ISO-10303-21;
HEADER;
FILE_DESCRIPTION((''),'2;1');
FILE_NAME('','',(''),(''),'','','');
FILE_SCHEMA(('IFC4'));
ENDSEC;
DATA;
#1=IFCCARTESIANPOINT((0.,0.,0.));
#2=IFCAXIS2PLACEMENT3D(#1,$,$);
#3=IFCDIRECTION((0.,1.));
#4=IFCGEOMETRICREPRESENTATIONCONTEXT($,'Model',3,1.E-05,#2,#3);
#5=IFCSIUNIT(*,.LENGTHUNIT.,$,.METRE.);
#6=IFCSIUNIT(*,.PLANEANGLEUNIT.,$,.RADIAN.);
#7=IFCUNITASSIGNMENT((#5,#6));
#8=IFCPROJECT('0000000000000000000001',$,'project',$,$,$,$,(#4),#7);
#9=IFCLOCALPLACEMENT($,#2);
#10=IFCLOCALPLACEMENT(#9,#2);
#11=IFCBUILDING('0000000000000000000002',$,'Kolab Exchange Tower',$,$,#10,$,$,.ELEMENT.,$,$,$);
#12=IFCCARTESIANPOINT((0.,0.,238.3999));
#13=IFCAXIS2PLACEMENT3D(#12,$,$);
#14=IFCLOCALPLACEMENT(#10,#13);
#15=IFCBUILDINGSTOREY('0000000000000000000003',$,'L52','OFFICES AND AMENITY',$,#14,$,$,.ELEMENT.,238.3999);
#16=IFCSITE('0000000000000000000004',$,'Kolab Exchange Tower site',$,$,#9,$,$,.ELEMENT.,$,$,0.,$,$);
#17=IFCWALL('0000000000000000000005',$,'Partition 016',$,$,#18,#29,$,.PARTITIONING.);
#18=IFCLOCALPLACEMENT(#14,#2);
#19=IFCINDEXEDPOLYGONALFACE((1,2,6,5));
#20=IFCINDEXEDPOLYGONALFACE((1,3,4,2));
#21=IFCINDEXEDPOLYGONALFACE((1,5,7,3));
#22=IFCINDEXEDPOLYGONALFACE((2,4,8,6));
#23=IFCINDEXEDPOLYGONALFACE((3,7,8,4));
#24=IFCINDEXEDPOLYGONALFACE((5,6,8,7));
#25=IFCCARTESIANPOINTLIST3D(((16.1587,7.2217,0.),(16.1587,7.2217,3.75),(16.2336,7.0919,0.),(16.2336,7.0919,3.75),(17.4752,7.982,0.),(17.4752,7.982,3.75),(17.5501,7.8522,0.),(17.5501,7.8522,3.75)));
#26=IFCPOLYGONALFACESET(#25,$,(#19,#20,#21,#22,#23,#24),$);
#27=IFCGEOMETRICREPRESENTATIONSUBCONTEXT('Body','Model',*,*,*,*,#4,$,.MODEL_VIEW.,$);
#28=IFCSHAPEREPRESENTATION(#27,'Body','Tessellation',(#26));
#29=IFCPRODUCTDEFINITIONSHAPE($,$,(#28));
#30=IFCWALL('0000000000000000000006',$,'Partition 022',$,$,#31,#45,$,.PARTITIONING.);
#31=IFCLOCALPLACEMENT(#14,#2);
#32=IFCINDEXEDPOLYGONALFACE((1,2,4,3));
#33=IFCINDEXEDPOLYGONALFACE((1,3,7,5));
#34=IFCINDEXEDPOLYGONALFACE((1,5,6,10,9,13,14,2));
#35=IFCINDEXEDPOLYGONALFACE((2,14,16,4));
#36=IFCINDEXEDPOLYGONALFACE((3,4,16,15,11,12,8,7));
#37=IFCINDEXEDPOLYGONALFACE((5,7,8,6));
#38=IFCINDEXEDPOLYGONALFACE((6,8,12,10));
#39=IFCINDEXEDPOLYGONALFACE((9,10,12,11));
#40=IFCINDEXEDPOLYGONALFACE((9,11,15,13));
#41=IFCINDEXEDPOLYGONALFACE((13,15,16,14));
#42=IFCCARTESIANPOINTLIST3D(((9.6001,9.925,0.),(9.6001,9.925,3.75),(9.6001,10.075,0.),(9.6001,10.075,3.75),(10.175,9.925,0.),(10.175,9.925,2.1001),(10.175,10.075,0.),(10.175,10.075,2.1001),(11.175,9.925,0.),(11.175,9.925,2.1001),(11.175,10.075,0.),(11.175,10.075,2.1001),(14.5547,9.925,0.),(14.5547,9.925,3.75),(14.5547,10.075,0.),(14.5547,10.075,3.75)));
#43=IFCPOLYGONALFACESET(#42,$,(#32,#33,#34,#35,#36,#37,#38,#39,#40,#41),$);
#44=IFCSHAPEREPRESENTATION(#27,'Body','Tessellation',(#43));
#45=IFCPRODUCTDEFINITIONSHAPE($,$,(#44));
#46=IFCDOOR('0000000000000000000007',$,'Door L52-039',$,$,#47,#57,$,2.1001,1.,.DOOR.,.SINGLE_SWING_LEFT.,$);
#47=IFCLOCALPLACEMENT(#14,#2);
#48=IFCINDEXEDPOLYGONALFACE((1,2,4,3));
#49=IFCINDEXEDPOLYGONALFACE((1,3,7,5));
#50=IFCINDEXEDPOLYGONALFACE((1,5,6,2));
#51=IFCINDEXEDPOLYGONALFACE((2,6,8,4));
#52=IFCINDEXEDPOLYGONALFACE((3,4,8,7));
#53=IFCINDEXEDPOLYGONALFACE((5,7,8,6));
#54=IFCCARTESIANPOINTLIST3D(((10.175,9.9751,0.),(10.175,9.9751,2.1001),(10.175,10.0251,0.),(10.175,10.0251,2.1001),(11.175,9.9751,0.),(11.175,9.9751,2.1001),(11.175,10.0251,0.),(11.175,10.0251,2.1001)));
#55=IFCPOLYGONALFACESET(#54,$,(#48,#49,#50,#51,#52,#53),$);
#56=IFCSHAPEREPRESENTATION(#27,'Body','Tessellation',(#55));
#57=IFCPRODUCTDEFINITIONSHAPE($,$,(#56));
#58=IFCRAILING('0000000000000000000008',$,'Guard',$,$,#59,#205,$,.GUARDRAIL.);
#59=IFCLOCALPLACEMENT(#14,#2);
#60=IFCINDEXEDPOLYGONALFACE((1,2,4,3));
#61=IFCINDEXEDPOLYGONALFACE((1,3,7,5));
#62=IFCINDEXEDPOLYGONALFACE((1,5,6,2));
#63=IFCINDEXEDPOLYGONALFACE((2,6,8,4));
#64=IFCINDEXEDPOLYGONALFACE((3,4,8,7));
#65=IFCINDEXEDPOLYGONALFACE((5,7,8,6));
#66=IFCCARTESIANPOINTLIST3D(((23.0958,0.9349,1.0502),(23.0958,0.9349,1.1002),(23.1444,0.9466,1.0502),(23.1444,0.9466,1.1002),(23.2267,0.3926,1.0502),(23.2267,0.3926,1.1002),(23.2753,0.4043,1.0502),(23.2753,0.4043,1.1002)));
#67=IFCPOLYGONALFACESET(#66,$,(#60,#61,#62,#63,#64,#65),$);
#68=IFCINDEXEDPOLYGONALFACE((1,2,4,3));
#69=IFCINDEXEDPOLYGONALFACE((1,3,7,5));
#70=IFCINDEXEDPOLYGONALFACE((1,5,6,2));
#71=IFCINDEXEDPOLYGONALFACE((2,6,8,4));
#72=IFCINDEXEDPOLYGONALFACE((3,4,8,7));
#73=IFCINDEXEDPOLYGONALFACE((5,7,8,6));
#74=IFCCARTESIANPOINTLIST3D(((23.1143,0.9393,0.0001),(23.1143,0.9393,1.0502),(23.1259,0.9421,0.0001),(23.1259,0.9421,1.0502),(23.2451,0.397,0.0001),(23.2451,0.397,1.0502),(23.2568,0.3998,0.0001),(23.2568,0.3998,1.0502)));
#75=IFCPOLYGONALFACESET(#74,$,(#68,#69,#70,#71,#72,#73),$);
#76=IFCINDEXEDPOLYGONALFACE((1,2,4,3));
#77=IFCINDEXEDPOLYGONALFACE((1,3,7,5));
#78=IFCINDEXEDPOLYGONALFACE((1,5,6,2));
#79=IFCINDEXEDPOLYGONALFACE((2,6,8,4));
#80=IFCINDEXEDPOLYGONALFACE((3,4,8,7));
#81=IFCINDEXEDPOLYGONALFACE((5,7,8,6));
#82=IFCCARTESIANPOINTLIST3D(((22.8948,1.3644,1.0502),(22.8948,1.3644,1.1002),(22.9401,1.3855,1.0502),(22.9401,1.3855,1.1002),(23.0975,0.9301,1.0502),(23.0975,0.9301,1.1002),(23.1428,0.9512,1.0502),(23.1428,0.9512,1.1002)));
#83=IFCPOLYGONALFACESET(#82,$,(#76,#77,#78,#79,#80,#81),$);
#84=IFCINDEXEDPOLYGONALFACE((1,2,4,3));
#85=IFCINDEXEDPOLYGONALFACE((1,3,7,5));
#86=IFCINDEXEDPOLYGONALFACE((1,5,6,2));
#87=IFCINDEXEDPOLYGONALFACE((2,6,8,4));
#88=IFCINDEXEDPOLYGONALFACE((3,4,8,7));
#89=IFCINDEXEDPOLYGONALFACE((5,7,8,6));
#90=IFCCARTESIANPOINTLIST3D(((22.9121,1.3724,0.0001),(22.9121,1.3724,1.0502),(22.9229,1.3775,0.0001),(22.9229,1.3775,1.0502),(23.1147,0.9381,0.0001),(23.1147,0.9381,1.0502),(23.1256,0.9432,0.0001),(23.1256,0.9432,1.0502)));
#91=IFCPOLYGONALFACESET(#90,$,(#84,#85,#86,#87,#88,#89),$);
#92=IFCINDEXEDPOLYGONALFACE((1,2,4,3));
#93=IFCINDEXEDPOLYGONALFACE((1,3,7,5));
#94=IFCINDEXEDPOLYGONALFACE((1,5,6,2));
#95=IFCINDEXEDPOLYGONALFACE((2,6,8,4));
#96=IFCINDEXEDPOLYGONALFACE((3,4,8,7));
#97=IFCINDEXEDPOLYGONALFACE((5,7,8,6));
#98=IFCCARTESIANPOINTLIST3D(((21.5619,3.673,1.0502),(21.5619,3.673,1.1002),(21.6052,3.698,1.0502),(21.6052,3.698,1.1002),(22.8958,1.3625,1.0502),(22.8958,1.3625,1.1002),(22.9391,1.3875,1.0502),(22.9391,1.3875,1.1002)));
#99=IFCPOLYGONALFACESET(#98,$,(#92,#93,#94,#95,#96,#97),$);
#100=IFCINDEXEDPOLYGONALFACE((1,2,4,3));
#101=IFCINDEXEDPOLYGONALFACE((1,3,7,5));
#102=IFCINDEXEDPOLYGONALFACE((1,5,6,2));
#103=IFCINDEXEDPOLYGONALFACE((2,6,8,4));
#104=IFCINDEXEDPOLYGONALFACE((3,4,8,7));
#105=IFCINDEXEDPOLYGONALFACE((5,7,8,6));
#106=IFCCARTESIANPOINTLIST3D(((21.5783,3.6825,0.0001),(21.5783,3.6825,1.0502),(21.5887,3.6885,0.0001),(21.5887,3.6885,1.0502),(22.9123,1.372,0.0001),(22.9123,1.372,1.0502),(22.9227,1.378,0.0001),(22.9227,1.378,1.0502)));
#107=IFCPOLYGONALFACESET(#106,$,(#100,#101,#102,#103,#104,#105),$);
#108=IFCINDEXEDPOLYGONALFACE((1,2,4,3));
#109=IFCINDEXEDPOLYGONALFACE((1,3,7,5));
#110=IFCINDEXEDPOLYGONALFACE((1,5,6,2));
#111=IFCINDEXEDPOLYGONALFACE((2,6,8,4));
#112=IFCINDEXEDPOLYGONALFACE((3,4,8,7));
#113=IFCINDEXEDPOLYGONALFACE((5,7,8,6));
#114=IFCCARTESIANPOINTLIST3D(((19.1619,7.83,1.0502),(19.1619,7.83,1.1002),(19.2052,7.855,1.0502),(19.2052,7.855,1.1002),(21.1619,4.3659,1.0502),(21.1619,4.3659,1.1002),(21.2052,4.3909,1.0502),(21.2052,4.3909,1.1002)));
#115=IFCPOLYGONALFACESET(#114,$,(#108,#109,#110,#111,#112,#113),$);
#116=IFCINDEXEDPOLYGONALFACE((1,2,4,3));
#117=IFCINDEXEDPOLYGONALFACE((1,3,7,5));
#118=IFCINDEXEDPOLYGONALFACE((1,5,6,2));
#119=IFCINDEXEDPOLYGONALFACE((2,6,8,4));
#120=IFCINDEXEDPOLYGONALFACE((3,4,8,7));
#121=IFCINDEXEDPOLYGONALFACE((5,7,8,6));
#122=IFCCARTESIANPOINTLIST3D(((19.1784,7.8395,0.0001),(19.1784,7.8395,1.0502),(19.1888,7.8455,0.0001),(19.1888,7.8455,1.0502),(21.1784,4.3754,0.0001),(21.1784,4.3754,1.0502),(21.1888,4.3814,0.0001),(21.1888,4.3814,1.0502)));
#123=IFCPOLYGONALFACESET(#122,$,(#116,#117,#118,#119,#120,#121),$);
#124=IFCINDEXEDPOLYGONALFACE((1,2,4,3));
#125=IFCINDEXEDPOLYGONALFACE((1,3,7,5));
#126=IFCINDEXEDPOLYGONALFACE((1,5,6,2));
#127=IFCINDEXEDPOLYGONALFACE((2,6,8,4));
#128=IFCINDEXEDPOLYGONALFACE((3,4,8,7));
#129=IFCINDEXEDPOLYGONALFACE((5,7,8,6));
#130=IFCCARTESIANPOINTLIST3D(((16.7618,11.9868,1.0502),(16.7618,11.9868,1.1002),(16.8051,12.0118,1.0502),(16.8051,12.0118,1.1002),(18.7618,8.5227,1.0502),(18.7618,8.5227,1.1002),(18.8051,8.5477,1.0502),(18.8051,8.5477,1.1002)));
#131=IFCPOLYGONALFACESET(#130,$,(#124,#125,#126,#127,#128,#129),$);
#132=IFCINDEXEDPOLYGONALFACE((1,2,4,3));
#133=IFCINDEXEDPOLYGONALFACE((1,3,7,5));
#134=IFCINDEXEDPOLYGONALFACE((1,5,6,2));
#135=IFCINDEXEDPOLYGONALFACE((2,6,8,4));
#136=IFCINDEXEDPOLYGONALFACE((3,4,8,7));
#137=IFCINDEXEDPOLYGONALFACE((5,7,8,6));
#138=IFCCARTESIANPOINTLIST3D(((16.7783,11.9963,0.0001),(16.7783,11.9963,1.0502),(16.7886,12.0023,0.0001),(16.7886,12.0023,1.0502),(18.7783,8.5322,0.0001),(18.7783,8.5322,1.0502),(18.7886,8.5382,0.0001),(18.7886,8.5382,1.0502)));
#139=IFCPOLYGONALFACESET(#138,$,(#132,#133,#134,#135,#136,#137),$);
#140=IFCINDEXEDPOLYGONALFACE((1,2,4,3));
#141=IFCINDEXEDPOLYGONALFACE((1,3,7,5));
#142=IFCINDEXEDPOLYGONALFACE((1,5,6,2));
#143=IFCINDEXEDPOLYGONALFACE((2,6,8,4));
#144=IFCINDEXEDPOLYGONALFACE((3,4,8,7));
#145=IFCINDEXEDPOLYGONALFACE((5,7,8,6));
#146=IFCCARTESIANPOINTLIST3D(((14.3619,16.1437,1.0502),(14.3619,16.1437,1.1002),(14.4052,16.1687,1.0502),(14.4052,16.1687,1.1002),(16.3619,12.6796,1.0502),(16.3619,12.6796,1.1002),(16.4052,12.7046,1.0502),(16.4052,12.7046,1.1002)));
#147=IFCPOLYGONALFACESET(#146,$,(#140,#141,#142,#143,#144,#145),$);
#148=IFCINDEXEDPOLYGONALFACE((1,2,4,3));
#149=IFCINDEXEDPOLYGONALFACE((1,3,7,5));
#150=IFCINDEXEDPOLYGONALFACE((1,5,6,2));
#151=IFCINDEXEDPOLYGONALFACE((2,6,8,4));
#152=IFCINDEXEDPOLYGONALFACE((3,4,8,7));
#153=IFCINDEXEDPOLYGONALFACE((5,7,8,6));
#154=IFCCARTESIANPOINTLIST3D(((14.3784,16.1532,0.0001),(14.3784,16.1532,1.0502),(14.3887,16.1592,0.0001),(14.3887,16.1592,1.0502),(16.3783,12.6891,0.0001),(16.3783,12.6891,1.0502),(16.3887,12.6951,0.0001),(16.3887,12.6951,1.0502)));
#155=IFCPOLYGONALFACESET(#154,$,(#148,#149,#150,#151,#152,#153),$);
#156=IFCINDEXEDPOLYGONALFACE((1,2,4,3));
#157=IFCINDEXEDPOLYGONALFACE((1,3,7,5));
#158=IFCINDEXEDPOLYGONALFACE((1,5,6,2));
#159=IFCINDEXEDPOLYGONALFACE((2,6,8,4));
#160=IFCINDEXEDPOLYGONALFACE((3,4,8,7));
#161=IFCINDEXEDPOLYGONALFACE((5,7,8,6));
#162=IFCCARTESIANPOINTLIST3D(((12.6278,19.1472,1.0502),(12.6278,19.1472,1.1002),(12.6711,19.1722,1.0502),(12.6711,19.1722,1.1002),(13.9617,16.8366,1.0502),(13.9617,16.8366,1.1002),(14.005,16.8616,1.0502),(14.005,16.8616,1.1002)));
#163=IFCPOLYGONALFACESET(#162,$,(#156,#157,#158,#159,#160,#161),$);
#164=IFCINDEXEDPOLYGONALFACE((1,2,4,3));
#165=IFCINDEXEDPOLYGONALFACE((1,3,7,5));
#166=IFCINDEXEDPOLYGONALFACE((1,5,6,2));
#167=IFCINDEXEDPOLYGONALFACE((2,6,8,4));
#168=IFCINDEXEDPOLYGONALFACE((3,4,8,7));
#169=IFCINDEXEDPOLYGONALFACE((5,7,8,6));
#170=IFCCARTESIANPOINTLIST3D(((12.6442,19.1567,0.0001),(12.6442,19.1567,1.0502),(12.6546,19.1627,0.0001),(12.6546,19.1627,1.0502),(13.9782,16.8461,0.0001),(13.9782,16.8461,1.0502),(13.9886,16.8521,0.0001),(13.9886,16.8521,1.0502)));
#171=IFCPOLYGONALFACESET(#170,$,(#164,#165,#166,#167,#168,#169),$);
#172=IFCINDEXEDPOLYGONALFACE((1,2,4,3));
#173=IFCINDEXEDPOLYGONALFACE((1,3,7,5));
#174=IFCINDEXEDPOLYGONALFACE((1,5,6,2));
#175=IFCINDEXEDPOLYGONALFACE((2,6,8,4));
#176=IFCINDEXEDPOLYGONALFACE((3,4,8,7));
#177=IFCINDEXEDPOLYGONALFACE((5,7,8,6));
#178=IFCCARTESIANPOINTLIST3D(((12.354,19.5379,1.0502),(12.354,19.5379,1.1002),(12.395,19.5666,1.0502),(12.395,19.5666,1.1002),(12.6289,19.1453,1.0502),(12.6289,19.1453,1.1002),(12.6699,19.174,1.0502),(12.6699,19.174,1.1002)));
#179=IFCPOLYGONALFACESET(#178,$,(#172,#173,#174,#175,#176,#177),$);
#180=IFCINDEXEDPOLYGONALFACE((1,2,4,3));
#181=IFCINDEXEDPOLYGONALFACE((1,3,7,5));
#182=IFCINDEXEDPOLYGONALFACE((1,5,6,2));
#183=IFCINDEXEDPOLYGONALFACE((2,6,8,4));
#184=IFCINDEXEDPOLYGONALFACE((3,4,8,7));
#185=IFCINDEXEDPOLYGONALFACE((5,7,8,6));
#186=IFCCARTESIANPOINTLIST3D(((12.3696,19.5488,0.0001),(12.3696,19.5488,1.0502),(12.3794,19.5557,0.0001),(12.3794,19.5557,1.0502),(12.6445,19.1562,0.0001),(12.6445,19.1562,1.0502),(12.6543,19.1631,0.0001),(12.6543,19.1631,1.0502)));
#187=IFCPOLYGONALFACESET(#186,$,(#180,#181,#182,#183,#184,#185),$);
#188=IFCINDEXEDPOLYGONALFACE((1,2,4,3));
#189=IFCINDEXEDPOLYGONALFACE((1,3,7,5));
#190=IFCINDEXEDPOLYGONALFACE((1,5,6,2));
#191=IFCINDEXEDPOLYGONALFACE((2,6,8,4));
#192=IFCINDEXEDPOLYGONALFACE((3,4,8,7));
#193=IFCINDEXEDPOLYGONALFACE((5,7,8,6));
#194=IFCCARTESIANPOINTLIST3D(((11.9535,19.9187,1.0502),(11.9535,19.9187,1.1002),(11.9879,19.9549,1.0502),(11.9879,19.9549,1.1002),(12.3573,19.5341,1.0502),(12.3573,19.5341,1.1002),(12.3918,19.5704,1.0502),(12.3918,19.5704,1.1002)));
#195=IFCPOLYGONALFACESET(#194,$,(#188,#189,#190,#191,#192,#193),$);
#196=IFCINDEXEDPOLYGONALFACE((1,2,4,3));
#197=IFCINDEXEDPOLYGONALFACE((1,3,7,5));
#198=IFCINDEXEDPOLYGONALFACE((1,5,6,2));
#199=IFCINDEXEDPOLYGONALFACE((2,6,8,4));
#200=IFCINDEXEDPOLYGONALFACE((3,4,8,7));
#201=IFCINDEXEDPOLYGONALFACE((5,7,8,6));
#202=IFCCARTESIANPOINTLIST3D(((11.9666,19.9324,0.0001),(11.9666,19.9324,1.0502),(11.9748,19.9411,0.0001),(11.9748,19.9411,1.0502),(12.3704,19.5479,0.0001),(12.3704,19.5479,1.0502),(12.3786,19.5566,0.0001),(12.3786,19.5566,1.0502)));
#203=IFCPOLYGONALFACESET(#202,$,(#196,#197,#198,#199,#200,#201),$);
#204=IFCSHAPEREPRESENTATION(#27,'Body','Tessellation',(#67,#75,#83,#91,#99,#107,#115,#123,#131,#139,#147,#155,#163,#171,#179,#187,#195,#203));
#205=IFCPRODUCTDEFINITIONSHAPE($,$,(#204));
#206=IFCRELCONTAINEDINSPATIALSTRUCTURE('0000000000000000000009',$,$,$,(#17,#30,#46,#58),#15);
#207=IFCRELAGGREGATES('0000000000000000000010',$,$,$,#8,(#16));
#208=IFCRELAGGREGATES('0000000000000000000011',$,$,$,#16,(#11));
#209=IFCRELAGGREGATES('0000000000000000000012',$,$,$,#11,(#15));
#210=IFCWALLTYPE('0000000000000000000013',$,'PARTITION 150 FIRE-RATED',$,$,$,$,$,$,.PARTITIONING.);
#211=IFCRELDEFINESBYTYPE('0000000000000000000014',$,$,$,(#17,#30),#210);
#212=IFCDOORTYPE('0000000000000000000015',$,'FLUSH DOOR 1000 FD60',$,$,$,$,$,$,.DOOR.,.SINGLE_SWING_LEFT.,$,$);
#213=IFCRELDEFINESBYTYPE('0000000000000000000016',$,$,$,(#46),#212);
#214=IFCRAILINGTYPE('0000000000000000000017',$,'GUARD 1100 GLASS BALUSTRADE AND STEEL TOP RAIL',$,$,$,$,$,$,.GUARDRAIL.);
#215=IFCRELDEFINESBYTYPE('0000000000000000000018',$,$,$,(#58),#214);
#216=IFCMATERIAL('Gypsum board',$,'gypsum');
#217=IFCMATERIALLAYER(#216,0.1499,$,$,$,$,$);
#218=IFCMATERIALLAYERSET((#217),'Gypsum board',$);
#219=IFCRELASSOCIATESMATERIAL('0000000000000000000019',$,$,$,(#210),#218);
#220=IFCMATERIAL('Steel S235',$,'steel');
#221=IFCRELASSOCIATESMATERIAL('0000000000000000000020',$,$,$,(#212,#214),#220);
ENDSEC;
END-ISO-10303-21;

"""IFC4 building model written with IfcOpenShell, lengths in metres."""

from ifc_helpers import new_model, si_unit, direction, frame, frame_2d, origin, origin_2d, place, context, subcontext, project, spatial, rectangle, extrude, material, layer, layer_set, type_object, element, fill, save


model = new_model("IFC4")

# Units and contexts
model_context = context("Model", 3, precision=1e-05, world=origin(), true_north=direction((0.0, 1.0)))
body_context = subcontext(model_context, "Body", "Model", "MODEL_VIEW")
ifc_project = project(units=[si_unit("LENGTHUNIT", "METRE"), si_unit("PLANEANGLEUNIT", "RADIAN")], contexts=[model_context])

# Site, building, storey
site_placement = place(None, origin())
site = spatial("IfcSite", under=ifc_project, at=site_placement, Name="Kolab Exchange Tower site", CompositionType="ELEMENT", RefElevation=0.0)
building_placement = place(site_placement, origin())
building = spatial("IfcBuilding", under=site, at=building_placement, Name="Kolab Exchange Tower", CompositionType="ELEMENT")
storey_placement = place(building_placement, frame((0.0, 0.0, 238.3999)))
storey = spatial("IfcBuildingStorey", under=building, at=storey_placement, Name="L52", Description="OFFICES AND AMENITY", CompositionType="ELEMENT", Elevation=238.3999)

# Shared definitions
ifc_material_1 = material(Name="Gypsum board", Category="gypsum")
ifc_layer_1 = layer(ifc_material_1, 0.1499)
ifc_layer_set_1 = layer_set([ifc_layer_1], Name="Gypsum board")
wall_type = type_object("IfcWallType", Name="PARTITION 150 FIRE-RATED", PredefinedType="PARTITIONING", material=ifc_layer_set_1)
ifc_material_2 = material(Name="Steel S235", Category="steel")
door_type = type_object("IfcDoorType", Name="FLUSH DOOR 1000 FD60", OperationType="SINGLE_SWING_LEFT", PredefinedType="DOOR", material=ifc_material_2)

# Wall
wall_1_placement = place(storey_placement, frame((16.196, 7.1567, 0.0), z_axis=(0.0, 0.0, 1.0), x_axis=(0.865961, 0.500112, 0.0)))
element("IfcWall", 1, at=wall_1_placement, inside=storey, type_object=wall_type, Name="Partition 016", PredefinedType="PARTITIONING", context=body_context, shape_type="SweptSolid", body=[
    extrude(rectangle(XDim=1.5203, YDim=0.1499, at=frame_2d((0.7603, 0.0))), origin(), (0.0, 0.0, 1.0), 3.75),
])

# Wall, opening, door
wall_2_placement = place(storey_placement, frame((9.6001, 10.0, 0.0), z_axis=(0.0, 0.0, 1.0), x_axis=(1.0, 0.0, 0.0)))
wall_2 = element("IfcWall", 2, at=wall_2_placement, inside=storey, type_object=wall_type, Name="Partition 022", PredefinedType="PARTITIONING", context=body_context, shape_type="SweptSolid", body=[
    extrude(rectangle(XDim=4.9546, YDim=0.1499, at=frame_2d((2.4773, 0.0))), origin(), (0.0, 0.0, 1.0), 3.75),
])
opening_1_placement = place(wall_2_placement, frame((0.575, 0.0, 0.0)))
opening_1 = element("IfcOpeningElement", 3, at=opening_1_placement, cuts=wall_2, PredefinedType="OPENING", context=body_context, shape_type="SweptSolid", body=[
    extrude(rectangle(XDim=1.0, YDim=2.1001, at=frame_2d((0.5, 1.05))), frame((0.0, 0.085, 0.0), z_axis=(0.0, -1.0, 0.0), x_axis=(1.0, 0.0, 0.0)), (0.0, 0.0, 1.0), 0.1699),
])
door_1_placement = place(opening_1_placement, frame((1.0, 0.0, 0.0), z_axis=(0.0, 0.0, 1.0), x_axis=(-1.0, 0.0, 0.0)))
door_1 = element("IfcDoor", 4, at=door_1_placement, inside=storey, type_object=door_type, Name="Door L52-039", OperationType="SINGLE_SWING_LEFT", OverallHeight=2.1001, OverallWidth=1.0, PredefinedType="DOOR", context=body_context, shape_type="SweptSolid", body=[
    extrude(rectangle(XDim=1.0, YDim=2.1001, at=frame_2d((0.5, 1.05))), frame((0.0, 0.0249, 0.0), z_axis=(0.0, -1.0, 0.0), x_axis=(1.0, 0.0, 0.0)), (0.0, 0.0, 1.0), 0.05),
])
fill(opening_1, door_1)

# Railing
railing_type = type_object("IfcRailingType", Name="GUARD 1100 GLASS BALUSTRADE AND STEEL TOP RAIL", PredefinedType="GUARDRAIL", material=ifc_material_2)
railing_placement = place(storey_placement, frame((23.251, 0.3984, 0.0)))
element("IfcRailing", 5, at=railing_placement, inside=storey, type_object=railing_type, Name="Guard", PredefinedType="GUARDRAIL", context=body_context, shape_type="SweptSolid", body=[
    extrude(rectangle(XDim=0.05, YDim=0.05, at=origin_2d()), frame((0.0, 0.0, 1.0752), z_axis=(-0.234598, 0.972093, 0.0), x_axis=(-0.972093, -0.234598, 0.0)), (0.0, 0.0, 1.0), 0.5579),
    extrude(rectangle(XDim=0.012, YDim=1.0501, at=frame_2d((0.0, 0.5251))), frame((0.0, 0.0, 0.0), z_axis=(-0.234598, 0.972093, 0.0), x_axis=(-0.972093, -0.234598, 0.0)), (0.0, 0.0, 1.0), 0.5579),
    extrude(rectangle(XDim=0.05, YDim=0.05, at=origin_2d()), frame((-0.1309, 0.5422, 1.0752), z_axis=(-0.422802, 0.906222, 0.0), x_axis=(-0.906222, -0.422802, 0.0)), (0.0, 0.0, 1.0), 0.4792),
    extrude(rectangle(XDim=0.012, YDim=1.0501, at=frame_2d((0.0, 0.5251))), frame((-0.1309, 0.5422, 0.0), z_axis=(-0.422802, 0.906222, 0.0), x_axis=(-0.906222, -0.422802, 0.0)), (0.0, 0.0, 1.0), 0.4792),
    extrude(rectangle(XDim=0.05, YDim=0.05, at=origin_2d()), frame((-0.3335, 0.9766, 1.0752), z_axis=(-0.499997, 0.866027, 0.0), x_axis=(-0.866027, -0.499997, 0.0)), (0.0, 0.0, 1.0), 2.668),
    extrude(rectangle(XDim=0.012, YDim=1.0501, at=frame_2d((0.0, 0.5251))), frame((-0.3335, 0.9766, 0.0), z_axis=(-0.499997, 0.866027, 0.0), x_axis=(-0.866027, -0.499997, 0.0)), (0.0, 0.0, 1.0), 2.668),
    extrude(rectangle(XDim=0.05, YDim=0.05, at=origin_2d()), frame((-2.0674, 3.98, 1.0752), z_axis=(-0.499999, 0.866026, 0.0), x_axis=(-0.866026, -0.499999, 0.0)), (0.0, 0.0, 1.0), 4.0),
    extrude(rectangle(XDim=0.012, YDim=1.0501, at=frame_2d((0.0, 0.5251))), frame((-2.0674, 3.98, 0.0), z_axis=(-0.499999, 0.866026, 0.0), x_axis=(-0.866026, -0.499999, 0.0)), (0.0, 0.0, 1.0), 4.0),
    extrude(rectangle(XDim=0.05, YDim=0.05, at=origin_2d()), frame((-4.4675, 8.1367, 1.0752), z_axis=(-0.499999, 0.866026, 0.0), x_axis=(-0.866026, -0.499999, 0.0)), (0.0, 0.0, 1.0), 4.0),
    extrude(rectangle(XDim=0.012, YDim=1.0501, at=frame_2d((0.0, 0.5251))), frame((-4.4675, 8.1367, 0.0), z_axis=(-0.499999, 0.866026, 0.0), x_axis=(-0.866026, -0.499999, 0.0)), (0.0, 0.0, 1.0), 4.0),
    extrude(rectangle(XDim=0.05, YDim=0.05, at=origin_2d()), frame((-6.8674, 12.2937, 1.0752), z_axis=(-0.499999, 0.866026, 0.0), x_axis=(-0.866026, -0.499999, 0.0)), (0.0, 0.0, 1.0), 4.0),
    extrude(rectangle(XDim=0.012, YDim=1.0501, at=frame_2d((0.0, 0.5251))), frame((-6.8674, 12.2937, 0.0), z_axis=(-0.499999, 0.866026, 0.0), x_axis=(-0.866026, -0.499999, 0.0)), (0.0, 0.0, 1.0), 4.0),
    extrude(rectangle(XDim=0.05, YDim=0.05, at=origin_2d()), frame((-9.2676, 16.4507, 1.0752), z_axis=(-0.499997, 0.866027, 0.0), x_axis=(-0.866027, -0.499997, 0.0)), (0.0, 0.0, 1.0), 2.668),
    extrude(rectangle(XDim=0.012, YDim=1.0501, at=frame_2d((0.0, 0.5251))), frame((-9.2676, 16.4507, 0.0), z_axis=(-0.499997, 0.866027, 0.0), x_axis=(-0.866027, -0.499997, 0.0)), (0.0, 0.0, 1.0), 2.668),
    extrude(rectangle(XDim=0.05, YDim=0.05, at=origin_2d()), frame((-10.6016, 18.7612, 1.0752), z_axis=(-0.573599, 0.819136, 0.0), x_axis=(-0.819136, -0.573599, 0.0)), (0.0, 0.0, 1.0), 0.4792),
    extrude(rectangle(XDim=0.012, YDim=1.0501, at=frame_2d((0.0, 0.5251))), frame((-10.6016, 18.7612, 0.0), z_axis=(-0.573599, 0.819136, 0.0), x_axis=(-0.819136, -0.573599, 0.0)), (0.0, 0.0, 1.0), 0.4792),
    extrude(rectangle(XDim=0.05, YDim=0.05, at=origin_2d()), frame((-10.8765, 19.1538, 1.0752), z_axis=(-0.72419, 0.689601, 0.0), x_axis=(-0.689601, -0.72419, 0.0)), (0.0, 0.0, 1.0), 0.5576),
    extrude(rectangle(XDim=0.012, YDim=1.0501, at=frame_2d((0.0, 0.5251))), frame((-10.8765, 19.1538, 0.0), z_axis=(-0.72419, 0.689601, 0.0), x_axis=(-0.689601, -0.72419, 0.0)), (0.0, 0.0, 1.0), 0.5576),
])

save(model, "model.ifc")
